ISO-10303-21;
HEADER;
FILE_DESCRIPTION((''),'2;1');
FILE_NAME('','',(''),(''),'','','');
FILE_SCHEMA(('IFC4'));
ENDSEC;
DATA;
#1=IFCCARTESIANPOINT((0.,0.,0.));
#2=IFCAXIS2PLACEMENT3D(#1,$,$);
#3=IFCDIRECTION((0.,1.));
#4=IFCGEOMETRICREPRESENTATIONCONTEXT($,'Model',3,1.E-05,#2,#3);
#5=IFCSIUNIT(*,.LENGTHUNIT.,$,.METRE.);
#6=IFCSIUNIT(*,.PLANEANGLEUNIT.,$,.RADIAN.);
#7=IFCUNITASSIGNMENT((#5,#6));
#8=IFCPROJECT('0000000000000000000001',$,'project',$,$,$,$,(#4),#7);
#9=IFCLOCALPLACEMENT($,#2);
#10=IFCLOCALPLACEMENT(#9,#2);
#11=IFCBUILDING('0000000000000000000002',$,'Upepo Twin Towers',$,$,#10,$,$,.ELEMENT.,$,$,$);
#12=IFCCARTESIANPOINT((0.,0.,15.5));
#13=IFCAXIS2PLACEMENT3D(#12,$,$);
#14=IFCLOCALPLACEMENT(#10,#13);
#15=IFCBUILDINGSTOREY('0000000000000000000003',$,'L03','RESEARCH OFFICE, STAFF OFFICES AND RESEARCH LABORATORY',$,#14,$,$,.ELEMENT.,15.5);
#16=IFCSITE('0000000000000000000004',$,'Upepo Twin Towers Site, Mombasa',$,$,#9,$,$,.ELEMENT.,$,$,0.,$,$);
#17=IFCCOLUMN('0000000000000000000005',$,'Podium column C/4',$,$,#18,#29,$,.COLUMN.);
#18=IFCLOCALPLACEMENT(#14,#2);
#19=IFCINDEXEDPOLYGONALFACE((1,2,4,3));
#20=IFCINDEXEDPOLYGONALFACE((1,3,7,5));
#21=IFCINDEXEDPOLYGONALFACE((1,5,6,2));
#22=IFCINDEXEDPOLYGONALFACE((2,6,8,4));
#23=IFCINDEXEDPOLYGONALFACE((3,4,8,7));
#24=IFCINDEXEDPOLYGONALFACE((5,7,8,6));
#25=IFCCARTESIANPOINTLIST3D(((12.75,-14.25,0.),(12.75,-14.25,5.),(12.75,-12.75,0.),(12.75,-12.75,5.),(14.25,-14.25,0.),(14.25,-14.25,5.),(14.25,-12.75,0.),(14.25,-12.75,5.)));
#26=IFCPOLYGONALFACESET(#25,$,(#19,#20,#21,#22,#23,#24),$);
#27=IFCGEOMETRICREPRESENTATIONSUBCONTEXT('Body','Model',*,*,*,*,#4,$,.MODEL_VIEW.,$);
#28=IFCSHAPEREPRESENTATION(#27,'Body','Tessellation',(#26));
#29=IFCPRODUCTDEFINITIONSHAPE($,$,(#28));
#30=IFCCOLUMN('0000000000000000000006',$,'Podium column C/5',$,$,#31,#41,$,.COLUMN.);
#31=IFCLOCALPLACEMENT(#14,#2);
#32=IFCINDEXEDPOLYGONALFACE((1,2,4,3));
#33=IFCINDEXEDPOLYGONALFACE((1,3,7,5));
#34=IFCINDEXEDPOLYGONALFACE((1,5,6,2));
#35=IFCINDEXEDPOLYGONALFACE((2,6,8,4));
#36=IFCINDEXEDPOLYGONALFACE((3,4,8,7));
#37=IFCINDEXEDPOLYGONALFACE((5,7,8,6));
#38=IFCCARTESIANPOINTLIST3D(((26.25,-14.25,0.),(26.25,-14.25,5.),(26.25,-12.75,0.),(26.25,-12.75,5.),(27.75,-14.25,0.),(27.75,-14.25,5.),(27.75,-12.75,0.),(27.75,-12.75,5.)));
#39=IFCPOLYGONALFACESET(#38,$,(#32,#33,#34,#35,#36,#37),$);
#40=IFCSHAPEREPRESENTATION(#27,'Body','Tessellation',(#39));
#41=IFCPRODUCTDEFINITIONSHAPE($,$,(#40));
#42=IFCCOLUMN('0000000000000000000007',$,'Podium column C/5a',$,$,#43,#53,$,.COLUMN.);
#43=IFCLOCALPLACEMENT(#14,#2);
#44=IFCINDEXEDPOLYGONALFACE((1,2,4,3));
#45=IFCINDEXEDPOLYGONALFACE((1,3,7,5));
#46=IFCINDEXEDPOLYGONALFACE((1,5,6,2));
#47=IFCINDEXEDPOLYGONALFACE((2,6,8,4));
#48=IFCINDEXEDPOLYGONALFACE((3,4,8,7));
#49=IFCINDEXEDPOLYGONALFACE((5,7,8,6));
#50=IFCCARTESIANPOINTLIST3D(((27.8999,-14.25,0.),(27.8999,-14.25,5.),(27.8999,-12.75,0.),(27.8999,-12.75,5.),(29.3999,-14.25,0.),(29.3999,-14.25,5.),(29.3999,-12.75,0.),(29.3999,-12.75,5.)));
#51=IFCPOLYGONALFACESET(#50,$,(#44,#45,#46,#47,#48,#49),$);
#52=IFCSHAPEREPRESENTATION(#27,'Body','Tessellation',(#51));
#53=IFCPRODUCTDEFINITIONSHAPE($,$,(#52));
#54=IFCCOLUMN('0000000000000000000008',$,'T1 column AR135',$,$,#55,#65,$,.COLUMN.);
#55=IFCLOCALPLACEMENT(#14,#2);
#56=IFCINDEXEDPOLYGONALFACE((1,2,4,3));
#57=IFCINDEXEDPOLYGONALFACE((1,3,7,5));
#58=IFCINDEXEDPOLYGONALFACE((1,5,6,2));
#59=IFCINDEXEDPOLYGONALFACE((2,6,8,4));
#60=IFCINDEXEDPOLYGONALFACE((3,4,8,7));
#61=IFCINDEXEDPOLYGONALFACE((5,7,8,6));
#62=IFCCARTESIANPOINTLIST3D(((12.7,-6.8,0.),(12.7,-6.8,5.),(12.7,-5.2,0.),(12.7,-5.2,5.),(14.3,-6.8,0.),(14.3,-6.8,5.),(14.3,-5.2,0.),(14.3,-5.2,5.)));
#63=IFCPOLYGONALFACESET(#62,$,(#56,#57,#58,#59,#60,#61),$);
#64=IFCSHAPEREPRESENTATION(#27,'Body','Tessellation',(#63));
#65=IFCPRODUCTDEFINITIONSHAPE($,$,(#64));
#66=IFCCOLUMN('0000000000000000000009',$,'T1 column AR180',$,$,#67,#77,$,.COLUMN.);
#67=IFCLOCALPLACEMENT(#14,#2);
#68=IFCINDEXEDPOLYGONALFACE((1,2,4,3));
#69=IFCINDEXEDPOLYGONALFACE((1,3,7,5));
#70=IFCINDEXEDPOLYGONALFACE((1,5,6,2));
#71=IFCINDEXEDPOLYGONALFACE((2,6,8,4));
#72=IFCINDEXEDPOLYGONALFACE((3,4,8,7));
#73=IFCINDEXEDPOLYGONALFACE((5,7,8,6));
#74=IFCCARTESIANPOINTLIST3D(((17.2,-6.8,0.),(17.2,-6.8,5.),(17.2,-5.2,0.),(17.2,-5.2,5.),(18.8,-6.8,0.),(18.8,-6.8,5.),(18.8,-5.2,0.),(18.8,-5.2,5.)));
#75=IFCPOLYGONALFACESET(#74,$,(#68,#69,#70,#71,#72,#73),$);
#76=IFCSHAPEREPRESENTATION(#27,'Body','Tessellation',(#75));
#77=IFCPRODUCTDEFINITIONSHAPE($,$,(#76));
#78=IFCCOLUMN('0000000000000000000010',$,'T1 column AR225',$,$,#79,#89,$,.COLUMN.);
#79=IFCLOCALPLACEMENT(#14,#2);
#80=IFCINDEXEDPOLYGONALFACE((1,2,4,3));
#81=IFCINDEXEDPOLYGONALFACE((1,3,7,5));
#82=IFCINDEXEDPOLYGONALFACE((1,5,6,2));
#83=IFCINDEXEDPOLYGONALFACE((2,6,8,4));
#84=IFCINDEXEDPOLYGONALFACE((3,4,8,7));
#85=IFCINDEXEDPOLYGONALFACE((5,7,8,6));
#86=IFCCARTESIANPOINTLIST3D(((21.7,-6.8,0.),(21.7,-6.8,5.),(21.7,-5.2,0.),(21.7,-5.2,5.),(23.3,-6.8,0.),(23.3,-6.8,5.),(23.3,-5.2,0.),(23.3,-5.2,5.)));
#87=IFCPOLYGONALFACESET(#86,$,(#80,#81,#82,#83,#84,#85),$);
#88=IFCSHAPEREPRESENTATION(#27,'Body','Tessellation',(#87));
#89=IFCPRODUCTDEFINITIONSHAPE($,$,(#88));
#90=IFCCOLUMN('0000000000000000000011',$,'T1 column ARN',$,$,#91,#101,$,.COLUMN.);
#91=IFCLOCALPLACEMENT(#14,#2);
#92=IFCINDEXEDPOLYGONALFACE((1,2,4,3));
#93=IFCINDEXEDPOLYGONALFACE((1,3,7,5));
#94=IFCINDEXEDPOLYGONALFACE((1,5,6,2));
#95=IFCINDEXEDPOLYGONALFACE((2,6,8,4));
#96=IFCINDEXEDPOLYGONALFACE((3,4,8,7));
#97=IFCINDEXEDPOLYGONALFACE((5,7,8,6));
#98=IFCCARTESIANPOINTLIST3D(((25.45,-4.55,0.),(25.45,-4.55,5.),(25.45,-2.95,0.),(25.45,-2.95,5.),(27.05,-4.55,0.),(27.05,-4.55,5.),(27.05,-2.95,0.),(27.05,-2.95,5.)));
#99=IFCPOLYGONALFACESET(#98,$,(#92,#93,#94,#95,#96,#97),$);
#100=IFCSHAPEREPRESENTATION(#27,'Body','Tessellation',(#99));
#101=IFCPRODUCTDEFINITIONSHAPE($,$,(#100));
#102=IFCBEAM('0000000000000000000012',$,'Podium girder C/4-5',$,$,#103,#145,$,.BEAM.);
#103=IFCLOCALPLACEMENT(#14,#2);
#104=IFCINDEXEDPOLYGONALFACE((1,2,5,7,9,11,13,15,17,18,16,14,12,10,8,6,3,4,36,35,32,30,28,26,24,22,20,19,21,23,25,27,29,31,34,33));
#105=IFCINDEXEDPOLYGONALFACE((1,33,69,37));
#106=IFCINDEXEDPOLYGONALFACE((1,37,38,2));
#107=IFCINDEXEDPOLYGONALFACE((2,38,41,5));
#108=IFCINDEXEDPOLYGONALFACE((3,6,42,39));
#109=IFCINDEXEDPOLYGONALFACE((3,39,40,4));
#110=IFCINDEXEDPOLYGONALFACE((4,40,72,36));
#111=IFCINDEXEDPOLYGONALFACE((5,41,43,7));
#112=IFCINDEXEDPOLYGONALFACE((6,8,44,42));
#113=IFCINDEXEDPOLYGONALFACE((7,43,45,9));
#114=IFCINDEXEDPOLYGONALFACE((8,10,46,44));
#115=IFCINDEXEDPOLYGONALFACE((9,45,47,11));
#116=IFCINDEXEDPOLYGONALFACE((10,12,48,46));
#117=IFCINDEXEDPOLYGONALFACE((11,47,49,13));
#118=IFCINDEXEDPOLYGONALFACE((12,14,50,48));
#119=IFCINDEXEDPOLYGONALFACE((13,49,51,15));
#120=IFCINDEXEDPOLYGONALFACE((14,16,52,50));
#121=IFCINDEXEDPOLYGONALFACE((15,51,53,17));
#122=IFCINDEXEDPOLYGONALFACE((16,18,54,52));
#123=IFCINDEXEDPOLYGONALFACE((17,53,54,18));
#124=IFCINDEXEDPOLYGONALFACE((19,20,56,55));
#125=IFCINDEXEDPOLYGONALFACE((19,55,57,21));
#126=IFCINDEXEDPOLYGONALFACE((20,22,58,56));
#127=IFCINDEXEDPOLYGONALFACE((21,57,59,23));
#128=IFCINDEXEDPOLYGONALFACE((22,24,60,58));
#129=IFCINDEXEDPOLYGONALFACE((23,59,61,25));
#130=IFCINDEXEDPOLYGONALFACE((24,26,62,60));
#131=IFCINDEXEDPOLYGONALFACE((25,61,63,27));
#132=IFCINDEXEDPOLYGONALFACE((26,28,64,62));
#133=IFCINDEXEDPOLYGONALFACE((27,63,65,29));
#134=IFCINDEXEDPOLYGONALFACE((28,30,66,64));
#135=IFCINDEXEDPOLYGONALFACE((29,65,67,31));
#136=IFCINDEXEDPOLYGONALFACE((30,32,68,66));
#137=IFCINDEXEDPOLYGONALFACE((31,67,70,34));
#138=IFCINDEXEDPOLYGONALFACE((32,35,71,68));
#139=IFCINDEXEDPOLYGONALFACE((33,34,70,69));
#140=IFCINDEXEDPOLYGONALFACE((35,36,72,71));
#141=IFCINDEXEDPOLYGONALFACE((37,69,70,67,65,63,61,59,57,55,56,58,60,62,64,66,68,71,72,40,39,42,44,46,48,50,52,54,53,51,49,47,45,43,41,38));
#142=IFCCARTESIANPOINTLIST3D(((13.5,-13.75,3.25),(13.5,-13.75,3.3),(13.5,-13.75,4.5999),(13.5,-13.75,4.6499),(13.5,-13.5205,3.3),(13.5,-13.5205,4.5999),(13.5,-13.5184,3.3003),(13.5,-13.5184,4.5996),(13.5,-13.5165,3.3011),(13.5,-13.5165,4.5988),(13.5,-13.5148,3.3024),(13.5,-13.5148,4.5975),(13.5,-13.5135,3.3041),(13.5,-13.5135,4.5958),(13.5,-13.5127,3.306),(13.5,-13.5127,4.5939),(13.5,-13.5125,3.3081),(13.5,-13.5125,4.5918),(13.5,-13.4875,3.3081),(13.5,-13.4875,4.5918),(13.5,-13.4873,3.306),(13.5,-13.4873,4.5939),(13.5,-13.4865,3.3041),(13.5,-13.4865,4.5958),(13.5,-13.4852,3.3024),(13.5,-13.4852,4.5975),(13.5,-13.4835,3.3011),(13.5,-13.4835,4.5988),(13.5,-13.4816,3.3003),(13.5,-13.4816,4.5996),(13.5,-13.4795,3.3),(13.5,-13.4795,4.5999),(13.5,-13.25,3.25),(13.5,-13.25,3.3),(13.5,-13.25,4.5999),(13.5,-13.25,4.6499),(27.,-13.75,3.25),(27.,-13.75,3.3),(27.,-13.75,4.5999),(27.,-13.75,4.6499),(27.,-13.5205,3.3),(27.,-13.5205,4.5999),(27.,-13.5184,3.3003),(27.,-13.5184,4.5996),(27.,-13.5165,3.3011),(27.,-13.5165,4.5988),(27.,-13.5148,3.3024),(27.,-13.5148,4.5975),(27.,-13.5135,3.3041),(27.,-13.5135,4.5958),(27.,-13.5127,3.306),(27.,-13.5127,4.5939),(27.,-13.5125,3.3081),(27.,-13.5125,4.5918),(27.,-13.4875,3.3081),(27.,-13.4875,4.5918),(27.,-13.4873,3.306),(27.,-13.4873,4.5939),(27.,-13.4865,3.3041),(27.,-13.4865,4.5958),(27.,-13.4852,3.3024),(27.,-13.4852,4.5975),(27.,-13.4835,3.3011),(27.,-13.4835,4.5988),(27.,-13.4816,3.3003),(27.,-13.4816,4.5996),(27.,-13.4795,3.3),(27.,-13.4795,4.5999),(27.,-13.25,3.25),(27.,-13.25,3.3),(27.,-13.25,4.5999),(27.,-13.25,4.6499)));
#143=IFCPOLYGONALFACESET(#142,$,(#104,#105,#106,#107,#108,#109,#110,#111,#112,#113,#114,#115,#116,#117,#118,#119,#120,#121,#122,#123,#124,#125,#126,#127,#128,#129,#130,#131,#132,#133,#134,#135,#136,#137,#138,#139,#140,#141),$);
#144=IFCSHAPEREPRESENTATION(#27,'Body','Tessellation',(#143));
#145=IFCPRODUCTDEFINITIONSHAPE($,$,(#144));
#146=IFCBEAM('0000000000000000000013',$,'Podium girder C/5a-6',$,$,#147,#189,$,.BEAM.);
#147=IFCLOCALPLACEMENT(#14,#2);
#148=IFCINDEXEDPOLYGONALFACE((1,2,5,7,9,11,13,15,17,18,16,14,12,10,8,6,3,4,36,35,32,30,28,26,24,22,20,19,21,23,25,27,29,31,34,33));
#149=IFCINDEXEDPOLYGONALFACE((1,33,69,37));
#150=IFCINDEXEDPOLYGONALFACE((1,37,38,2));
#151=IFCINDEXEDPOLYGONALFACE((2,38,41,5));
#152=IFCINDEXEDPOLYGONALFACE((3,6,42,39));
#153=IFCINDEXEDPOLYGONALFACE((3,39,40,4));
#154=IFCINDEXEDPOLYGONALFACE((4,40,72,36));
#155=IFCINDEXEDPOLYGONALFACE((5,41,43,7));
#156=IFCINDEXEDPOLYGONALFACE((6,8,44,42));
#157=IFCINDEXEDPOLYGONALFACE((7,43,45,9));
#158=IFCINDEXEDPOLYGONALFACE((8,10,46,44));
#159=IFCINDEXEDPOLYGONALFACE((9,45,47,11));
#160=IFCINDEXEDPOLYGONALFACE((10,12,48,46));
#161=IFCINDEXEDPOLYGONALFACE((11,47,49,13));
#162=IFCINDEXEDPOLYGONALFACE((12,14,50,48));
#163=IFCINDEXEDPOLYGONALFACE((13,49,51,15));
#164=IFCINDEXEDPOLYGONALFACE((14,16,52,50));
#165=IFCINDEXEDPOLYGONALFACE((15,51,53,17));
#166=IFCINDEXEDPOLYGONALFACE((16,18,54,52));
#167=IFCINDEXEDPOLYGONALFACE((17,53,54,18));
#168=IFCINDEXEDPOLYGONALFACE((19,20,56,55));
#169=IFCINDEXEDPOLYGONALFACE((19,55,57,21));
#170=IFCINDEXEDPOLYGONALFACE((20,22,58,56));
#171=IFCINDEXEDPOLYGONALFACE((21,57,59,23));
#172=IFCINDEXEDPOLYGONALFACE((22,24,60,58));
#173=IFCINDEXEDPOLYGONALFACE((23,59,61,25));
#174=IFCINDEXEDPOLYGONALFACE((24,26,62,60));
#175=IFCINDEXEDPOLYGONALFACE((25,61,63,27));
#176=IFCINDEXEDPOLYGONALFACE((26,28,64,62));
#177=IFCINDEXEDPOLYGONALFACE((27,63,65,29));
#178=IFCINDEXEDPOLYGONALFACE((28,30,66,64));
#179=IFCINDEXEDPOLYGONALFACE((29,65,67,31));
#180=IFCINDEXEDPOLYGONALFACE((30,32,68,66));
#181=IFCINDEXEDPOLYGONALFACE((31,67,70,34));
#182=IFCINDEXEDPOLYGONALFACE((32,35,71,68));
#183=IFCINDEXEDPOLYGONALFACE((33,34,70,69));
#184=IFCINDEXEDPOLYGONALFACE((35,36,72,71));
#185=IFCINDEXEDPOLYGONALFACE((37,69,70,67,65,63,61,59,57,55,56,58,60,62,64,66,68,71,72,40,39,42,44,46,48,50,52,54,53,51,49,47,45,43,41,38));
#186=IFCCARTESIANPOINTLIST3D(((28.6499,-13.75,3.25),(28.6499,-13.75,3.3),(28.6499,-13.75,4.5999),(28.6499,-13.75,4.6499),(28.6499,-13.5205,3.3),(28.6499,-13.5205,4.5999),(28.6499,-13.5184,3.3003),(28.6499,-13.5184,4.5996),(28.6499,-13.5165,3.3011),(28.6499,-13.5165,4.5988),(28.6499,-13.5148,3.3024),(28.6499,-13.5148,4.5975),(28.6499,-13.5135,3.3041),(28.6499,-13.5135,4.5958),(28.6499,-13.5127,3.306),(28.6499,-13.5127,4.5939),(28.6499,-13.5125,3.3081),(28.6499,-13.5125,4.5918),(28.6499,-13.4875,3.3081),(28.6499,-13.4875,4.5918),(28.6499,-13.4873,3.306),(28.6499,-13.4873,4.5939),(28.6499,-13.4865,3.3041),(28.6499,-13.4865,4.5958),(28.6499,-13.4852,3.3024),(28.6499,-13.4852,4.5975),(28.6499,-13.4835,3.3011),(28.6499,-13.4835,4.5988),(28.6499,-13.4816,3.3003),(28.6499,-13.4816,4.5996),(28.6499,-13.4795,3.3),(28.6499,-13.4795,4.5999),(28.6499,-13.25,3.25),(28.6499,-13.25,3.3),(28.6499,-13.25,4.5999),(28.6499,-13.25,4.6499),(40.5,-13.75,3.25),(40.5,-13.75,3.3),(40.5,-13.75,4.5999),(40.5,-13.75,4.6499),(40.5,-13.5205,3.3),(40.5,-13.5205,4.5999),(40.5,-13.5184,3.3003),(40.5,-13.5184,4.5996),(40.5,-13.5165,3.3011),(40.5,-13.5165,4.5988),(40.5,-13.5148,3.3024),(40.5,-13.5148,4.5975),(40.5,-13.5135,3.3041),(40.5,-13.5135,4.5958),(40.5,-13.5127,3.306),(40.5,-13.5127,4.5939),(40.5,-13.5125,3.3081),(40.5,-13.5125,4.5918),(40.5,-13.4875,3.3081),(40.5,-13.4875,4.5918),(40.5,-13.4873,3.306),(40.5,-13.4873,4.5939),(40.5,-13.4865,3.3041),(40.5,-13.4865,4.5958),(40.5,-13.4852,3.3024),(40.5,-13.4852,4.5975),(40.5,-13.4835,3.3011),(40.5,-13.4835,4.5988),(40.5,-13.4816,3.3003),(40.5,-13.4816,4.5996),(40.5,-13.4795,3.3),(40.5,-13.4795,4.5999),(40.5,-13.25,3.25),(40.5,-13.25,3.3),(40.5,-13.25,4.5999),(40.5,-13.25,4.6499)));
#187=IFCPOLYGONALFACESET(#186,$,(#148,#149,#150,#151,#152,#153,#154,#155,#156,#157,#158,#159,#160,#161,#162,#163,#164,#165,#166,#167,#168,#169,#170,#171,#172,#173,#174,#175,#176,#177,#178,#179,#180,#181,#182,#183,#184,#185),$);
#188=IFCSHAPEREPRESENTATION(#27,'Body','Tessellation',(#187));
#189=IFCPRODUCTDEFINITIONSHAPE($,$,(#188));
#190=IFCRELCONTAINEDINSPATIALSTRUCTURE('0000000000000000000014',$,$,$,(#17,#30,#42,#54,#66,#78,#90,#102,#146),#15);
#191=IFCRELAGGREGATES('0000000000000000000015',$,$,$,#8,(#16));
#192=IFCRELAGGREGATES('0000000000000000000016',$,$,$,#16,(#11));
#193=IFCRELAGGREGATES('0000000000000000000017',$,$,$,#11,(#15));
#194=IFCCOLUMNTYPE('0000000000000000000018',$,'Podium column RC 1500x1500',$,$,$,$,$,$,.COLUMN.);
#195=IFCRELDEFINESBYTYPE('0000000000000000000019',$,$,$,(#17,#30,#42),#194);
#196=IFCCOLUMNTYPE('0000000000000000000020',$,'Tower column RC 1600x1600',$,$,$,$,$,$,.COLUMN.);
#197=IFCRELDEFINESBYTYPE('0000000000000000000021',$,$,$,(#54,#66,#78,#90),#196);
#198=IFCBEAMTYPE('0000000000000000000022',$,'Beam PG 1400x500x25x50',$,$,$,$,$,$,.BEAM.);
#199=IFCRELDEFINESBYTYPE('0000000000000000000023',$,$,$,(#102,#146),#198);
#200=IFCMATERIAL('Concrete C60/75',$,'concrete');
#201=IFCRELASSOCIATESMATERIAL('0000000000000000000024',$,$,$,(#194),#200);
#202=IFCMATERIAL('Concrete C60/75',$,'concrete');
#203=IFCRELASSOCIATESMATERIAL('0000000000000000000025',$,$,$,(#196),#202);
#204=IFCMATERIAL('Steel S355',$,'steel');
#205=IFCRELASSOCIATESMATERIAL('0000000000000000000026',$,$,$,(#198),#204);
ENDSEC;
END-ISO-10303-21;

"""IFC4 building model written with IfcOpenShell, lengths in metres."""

from ifc_helpers import new_model, si_unit, direction, frame, origin, origin_2d, place, context, subcontext, project, spatial, rectangle, i_section, extrude, material, material_profile, profile_set, type_object, element, save


model = new_model("IFC4")

# Units and contexts
model_context = context("Model", 3, precision=1e-05, world=origin(), true_north=direction((0.0, 1.0)))
body_context = subcontext(model_context, "Body", "Model", "MODEL_VIEW")
ifc_project = project(units=[si_unit("LENGTHUNIT", "METRE"), si_unit("PLANEANGLEUNIT", "RADIAN")], contexts=[model_context])

# Site, building, storey
site_placement = place(None, origin())
site = spatial("IfcSite", under=ifc_project, at=site_placement, Name="Upepo Twin Towers Site, Mombasa", CompositionType="ELEMENT", RefElevation=0.0)
building_placement = place(site_placement, origin())
building = spatial("IfcBuilding", under=site, at=building_placement, Name="Upepo Twin Towers", CompositionType="ELEMENT")
storey_placement = place(building_placement, frame((0.0, 0.0, 15.5)))
storey = spatial("IfcBuildingStorey", under=building, at=storey_placement, Name="L03", Description="RESEARCH OFFICE, STAFF OFFICES AND RESEARCH LABORATORY", CompositionType="ELEMENT", Elevation=15.5)

# Columns
ifc_material_1 = material(Name="Concrete C60/75", Category="concrete")
ifc_material_profile_1 = material_profile(ifc_material_1, rectangle(XDim=1.5, YDim=1.5, at=origin_2d()), Name="RC 1500x1500")
ifc_profile_set_1 = profile_set([ifc_material_profile_1], Name="Concrete C60/75")
column_type_1 = type_object("IfcColumnType", Name="Podium column RC 1500x1500", PredefinedType="COLUMN", material=ifc_profile_set_1)
for number, where, z_axis, x_axis, name in (
    (1, (13.5, -13.5, 0.0), (0.0, 0.0, 1.0), (1.0, 0.0, 0.0), "Podium column C/4"),
    (2, (27.0, -13.5, 0.0), (0.0, 0.0, 1.0), (1.0, 0.0, 0.0), "Podium column C/5"),
    (3, (28.6499, -13.5, 0.0), (0.0, 0.0, 1.0), (1.0, 0.0, 0.0), "Podium column C/5a"),
):
    element("IfcColumn", number, at=place(storey_placement, frame(where, z_axis=z_axis, x_axis=x_axis)), inside=storey, type_object=column_type_1, Name=name, PredefinedType="COLUMN", context=body_context, shape_type="SweptSolid", body=[
        extrude(rectangle(XDim=1.5, YDim=1.5, at=origin_2d()), origin(), (0.0, 0.0, 1.0), 5.0),
    ])
ifc_material_2 = material(Name="Concrete C60/75", Category="concrete")
ifc_material_profile_2 = material_profile(ifc_material_2, rectangle(XDim=1.6001, YDim=1.6001, at=origin_2d()), Name="RC 1600x1600")
ifc_profile_set_2 = profile_set([ifc_material_profile_2], Name="Concrete C60/75")
column_type_2 = type_object("IfcColumnType", Name="Tower column RC 1600x1600", PredefinedType="COLUMN", material=ifc_profile_set_2)
for number, where, z_axis, x_axis, name in (
    (4, (13.5, -6.0, 0.0), (0.0, 0.0, 1.0), (1.0, 0.0, 0.0), "T1 column AR135"),
    (5, (18.0, -6.0, 0.0), (0.0, 0.0, 1.0), (1.0, 0.0, 0.0), "T1 column AR180"),
    (6, (22.5, -6.0, 0.0), (0.0, 0.0, 1.0), (1.0, 0.0, 0.0), "T1 column AR225"),
    (7, (26.25, -3.75, 0.0), (0.0, 0.0, 1.0), (1.0, 0.0, 0.0), "T1 column ARN"),
):
    element("IfcColumn", number, at=place(storey_placement, frame(where, z_axis=z_axis, x_axis=x_axis)), inside=storey, type_object=column_type_2, Name=name, PredefinedType="COLUMN", context=body_context, shape_type="SweptSolid", body=[
        extrude(rectangle(XDim=1.6001, YDim=1.6001, at=origin_2d()), origin(), (0.0, 0.0, 1.0), 5.0),
    ])

# Beams
ifc_material_3 = material(Name="Steel S355", Category="steel")
ifc_material_profile_3 = material_profile(ifc_material_3, i_section(OverallWidth=0.5, OverallDepth=1.3999, WebThickness=0.0249, FlangeThickness=0.05, FilletRadius=0.0081, at=origin_2d()), Name="PG 1400x500x25x50")
ifc_profile_set_3 = profile_set([ifc_material_profile_3], Name="Steel S355")
beam_type_1 = type_object("IfcBeamType", Name="Beam PG 1400x500x25x50", PredefinedType="BEAM", material=ifc_profile_set_3)
beam_1_placement = place(storey_placement, frame((13.5, -13.5, 3.95), z_axis=(1.0, 0.0, 0.0), x_axis=(0.0, 1.0, 0.0)))
element("IfcBeam", 8, at=beam_1_placement, inside=storey, type_object=beam_type_1, Name="Podium girder C/4-5", PredefinedType="BEAM", context=body_context, shape_type="SweptSolid", body=[
    extrude(i_section(OverallWidth=0.5, OverallDepth=1.3999, WebThickness=0.0249, FlangeThickness=0.05, FilletRadius=0.0081, at=origin_2d()), origin(), (0.0, 0.0, 1.0), 13.5),
])
beam_2_placement = place(storey_placement, frame((28.6499, -13.5, 3.95), z_axis=(1.0, 0.0, 0.0), x_axis=(0.0, 1.0, 0.0)))
element("IfcBeam", 9, at=beam_2_placement, inside=storey, type_object=beam_type_1, Name="Podium girder C/5a-6", PredefinedType="BEAM", context=body_context, shape_type="SweptSolid", body=[
    extrude(i_section(OverallWidth=0.5, OverallDepth=1.3999, WebThickness=0.0249, FlangeThickness=0.05, FilletRadius=0.0081, at=origin_2d()), origin(), (0.0, 0.0, 1.0), 11.8501),
])

save(model, "model.ifc")
